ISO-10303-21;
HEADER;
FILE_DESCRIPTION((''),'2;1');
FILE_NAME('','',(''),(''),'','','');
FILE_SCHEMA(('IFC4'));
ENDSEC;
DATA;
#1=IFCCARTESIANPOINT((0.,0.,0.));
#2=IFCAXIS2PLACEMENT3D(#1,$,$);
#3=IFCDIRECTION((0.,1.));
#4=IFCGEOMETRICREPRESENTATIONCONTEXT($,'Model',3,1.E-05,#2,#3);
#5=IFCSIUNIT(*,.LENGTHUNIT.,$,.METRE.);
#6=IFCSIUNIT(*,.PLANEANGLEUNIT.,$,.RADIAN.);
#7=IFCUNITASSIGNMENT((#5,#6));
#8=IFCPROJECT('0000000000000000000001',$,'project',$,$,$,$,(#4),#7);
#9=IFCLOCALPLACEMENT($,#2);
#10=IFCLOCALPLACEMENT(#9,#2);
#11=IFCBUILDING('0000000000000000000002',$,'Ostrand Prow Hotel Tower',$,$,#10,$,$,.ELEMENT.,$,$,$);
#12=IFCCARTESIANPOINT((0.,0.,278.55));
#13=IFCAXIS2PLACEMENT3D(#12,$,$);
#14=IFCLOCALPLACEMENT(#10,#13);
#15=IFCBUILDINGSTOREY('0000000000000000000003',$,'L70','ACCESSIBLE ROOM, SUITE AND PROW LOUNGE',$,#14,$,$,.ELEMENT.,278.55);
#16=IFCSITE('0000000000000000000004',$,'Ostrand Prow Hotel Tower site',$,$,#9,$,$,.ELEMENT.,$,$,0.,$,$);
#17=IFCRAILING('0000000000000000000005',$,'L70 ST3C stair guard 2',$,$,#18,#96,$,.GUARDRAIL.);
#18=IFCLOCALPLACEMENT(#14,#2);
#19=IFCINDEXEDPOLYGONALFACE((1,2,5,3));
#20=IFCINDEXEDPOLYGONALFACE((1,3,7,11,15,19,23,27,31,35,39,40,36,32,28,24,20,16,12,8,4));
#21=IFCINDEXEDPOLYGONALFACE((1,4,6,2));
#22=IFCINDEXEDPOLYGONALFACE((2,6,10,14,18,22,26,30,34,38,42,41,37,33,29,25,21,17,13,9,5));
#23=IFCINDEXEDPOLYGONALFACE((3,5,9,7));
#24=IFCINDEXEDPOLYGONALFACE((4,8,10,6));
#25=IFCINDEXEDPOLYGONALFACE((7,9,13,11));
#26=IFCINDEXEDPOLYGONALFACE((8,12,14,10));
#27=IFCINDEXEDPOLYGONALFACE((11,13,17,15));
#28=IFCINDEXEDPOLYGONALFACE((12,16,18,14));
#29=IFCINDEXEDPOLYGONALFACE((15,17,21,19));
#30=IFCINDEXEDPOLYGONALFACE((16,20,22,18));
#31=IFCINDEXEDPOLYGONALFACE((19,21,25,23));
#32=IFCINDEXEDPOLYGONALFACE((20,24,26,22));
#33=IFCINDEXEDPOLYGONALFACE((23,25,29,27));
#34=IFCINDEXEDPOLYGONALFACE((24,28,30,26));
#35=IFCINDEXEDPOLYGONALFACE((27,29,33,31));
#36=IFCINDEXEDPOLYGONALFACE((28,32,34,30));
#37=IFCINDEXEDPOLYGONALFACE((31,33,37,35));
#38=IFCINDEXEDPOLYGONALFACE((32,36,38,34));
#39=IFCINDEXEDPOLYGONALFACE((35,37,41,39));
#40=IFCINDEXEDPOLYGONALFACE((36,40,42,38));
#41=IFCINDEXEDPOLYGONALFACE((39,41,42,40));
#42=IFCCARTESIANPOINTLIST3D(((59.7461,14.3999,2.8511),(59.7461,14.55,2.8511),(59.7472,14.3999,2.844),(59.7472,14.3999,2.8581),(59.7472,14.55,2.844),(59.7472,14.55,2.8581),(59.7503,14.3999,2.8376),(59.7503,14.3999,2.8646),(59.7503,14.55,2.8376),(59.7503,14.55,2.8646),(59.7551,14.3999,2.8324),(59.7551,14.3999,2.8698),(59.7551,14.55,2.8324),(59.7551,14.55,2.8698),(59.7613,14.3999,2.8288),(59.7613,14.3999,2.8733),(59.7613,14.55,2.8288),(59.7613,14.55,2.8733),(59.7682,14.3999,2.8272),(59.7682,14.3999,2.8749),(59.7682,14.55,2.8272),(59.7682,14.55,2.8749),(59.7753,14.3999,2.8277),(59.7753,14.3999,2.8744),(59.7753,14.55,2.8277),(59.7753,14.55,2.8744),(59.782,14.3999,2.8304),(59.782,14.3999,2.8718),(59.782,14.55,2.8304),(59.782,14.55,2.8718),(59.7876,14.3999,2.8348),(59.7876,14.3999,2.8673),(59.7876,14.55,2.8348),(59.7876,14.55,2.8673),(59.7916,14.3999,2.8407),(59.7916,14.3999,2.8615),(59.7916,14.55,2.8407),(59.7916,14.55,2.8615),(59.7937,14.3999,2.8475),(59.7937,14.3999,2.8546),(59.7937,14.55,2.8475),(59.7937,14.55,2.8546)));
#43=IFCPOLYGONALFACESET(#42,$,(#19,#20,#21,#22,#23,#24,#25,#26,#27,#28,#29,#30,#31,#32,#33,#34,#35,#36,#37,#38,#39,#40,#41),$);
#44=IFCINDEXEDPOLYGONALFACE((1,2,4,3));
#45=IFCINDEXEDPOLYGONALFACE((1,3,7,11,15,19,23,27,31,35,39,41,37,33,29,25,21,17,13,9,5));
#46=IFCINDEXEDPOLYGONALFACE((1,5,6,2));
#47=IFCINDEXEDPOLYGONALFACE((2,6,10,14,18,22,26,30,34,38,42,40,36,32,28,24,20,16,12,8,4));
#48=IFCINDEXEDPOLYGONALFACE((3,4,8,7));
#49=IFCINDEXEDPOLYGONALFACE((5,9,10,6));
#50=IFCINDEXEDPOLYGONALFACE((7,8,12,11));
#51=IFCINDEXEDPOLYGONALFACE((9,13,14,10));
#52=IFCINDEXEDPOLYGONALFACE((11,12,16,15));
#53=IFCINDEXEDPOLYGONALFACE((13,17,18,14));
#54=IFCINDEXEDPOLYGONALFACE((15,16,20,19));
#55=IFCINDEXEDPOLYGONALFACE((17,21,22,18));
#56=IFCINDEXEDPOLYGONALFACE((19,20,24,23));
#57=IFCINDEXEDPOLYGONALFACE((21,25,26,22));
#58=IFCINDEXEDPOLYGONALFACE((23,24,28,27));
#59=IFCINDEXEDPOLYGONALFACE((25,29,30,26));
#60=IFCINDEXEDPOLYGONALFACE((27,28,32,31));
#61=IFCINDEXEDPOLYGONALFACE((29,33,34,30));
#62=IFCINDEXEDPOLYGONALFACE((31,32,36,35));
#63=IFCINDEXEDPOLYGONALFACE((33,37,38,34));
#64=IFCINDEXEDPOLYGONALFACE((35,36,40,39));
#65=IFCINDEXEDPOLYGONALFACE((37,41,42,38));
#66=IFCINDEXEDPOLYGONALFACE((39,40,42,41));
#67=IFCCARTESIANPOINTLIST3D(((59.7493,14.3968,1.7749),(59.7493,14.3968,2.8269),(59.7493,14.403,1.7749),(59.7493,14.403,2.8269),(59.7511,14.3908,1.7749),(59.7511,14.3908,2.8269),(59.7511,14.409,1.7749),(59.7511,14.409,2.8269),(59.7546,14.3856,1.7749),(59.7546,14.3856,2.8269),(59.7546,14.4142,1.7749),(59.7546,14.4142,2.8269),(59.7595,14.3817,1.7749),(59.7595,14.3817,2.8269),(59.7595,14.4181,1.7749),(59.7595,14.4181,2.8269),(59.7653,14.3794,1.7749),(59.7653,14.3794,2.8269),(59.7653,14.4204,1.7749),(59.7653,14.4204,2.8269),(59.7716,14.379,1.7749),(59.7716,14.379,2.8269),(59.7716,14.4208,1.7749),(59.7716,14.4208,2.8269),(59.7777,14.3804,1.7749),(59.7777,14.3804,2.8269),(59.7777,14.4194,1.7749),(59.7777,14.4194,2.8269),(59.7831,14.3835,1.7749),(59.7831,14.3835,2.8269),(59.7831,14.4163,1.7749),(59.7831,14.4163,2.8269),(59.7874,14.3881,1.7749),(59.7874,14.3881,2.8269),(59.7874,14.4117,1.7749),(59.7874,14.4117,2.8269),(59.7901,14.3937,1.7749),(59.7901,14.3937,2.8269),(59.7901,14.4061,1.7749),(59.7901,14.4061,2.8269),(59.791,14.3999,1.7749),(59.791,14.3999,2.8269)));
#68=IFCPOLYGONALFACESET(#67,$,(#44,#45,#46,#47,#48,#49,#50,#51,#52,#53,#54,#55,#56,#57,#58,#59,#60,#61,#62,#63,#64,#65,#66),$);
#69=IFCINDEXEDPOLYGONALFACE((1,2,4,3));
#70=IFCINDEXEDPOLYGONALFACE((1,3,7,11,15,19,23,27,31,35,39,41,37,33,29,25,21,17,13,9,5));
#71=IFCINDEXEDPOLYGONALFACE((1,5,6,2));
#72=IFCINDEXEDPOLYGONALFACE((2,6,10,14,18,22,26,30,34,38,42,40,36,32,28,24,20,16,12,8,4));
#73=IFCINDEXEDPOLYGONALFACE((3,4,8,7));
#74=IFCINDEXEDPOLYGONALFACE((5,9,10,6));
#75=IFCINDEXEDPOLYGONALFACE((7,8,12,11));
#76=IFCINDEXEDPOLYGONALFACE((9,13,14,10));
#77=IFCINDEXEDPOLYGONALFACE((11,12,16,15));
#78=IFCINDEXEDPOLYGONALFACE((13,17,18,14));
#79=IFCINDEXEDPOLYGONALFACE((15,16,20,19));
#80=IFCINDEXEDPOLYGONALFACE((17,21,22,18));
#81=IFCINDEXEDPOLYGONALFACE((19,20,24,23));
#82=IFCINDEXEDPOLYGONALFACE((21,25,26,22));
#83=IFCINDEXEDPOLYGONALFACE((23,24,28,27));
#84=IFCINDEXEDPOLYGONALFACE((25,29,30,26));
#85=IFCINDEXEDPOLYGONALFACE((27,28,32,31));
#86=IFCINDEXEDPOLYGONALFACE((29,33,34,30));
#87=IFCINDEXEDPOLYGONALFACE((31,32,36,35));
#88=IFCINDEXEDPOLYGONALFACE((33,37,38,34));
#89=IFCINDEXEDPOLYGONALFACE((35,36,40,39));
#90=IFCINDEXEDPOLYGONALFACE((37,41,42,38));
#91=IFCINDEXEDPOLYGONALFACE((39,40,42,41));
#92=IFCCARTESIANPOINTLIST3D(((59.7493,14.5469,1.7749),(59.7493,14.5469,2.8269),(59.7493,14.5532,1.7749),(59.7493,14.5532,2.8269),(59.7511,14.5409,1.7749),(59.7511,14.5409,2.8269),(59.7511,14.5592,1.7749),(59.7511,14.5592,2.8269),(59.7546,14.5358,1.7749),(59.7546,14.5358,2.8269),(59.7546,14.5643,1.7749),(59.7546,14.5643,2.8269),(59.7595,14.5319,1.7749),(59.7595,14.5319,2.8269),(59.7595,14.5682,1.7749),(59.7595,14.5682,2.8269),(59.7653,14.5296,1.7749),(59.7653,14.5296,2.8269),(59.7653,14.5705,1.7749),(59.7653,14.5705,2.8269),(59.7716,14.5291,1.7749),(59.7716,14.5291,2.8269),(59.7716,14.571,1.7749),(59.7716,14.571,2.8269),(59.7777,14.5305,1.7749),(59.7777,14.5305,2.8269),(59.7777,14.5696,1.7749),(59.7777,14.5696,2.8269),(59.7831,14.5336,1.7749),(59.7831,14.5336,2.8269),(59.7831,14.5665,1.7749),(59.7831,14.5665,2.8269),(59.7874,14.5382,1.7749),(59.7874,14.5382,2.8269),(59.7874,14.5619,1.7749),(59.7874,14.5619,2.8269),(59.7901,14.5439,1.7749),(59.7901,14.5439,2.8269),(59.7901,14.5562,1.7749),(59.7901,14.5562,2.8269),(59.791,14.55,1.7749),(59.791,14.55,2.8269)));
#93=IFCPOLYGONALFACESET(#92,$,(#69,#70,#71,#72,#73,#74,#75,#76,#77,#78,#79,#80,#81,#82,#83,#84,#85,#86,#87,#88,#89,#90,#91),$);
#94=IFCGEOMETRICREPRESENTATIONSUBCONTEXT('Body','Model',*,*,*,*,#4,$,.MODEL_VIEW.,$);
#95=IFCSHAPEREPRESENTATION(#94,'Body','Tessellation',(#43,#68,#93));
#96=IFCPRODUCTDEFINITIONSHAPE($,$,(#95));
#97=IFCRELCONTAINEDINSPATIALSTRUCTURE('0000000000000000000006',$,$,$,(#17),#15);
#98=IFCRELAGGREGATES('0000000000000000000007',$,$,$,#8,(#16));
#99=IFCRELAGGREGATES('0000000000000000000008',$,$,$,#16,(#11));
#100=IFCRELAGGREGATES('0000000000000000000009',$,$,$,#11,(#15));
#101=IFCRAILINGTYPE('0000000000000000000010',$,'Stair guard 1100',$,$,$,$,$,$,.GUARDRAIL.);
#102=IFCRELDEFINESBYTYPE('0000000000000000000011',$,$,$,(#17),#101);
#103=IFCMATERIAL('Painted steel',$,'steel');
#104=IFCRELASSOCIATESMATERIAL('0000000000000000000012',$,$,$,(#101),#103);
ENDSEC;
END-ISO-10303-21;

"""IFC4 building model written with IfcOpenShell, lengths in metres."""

from ifc_helpers import new_model, si_unit, direction, frame, origin, origin_2d, place, context, subcontext, project, spatial, circle, extrude, material, type_object, element, save


model = new_model("IFC4")

# Units and contexts
model_context = context("Model", 3, precision=1e-05, world=origin(), true_north=direction((0.0, 1.0)))
body_context = subcontext(model_context, "Body", "Model", "MODEL_VIEW")
ifc_project = project(units=[si_unit("LENGTHUNIT", "METRE"), si_unit("PLANEANGLEUNIT", "RADIAN")], contexts=[model_context])

# Site, building, storey
site_placement = place(None, origin())
site = spatial("IfcSite", under=ifc_project, at=site_placement, Name="Ostrand Prow Hotel Tower site", CompositionType="ELEMENT", RefElevation=0.0)
building_placement = place(site_placement, origin())
building = spatial("IfcBuilding", under=site, at=building_placement, Name="Ostrand Prow Hotel Tower", CompositionType="ELEMENT")
storey_placement = place(building_placement, frame((0.0, 0.0, 278.55)))
storey = spatial("IfcBuildingStorey", under=building, at=storey_placement, Name="L70", Description="ACCESSIBLE ROOM, SUITE AND PROW LOUNGE", CompositionType="ELEMENT", Elevation=278.55)

# Railing
ifc_material_1 = material(Name="Painted steel", Category="steel")
railing_type_1 = type_object("IfcRailingType", Name="Stair guard 1100", PredefinedType="GUARDRAIL", material=ifc_material_1)
railing_1_placement = place(storey_placement, frame((59.77, 14.3999, 1.7749)))
element("IfcRailing", 1, at=railing_1_placement, inside=storey, type_object=railing_type_1, Name="L70 ST3C stair guard 2", PredefinedType="GUARDRAIL", context=body_context, shape_type="SweptSolid", body=[
    extrude(circle(Radius=0.0239, at=origin_2d()), frame((0.0, 0.0, 1.0762), z_axis=(0.0, 1.0, 0.0), x_axis=(-1.0, 0.0, 0.0)), (0.0, 0.0, 1.0), 0.1501),
    extrude(circle(Radius=0.021, at=origin_2d()), origin(), (0.0, 0.0, 1.0), 1.052),
    extrude(circle(Radius=0.021, at=origin_2d()), frame((0.0, 0.1501, 0.0)), (0.0, 0.0, 1.0), 1.052),
])

save(model, "model.ifc")
